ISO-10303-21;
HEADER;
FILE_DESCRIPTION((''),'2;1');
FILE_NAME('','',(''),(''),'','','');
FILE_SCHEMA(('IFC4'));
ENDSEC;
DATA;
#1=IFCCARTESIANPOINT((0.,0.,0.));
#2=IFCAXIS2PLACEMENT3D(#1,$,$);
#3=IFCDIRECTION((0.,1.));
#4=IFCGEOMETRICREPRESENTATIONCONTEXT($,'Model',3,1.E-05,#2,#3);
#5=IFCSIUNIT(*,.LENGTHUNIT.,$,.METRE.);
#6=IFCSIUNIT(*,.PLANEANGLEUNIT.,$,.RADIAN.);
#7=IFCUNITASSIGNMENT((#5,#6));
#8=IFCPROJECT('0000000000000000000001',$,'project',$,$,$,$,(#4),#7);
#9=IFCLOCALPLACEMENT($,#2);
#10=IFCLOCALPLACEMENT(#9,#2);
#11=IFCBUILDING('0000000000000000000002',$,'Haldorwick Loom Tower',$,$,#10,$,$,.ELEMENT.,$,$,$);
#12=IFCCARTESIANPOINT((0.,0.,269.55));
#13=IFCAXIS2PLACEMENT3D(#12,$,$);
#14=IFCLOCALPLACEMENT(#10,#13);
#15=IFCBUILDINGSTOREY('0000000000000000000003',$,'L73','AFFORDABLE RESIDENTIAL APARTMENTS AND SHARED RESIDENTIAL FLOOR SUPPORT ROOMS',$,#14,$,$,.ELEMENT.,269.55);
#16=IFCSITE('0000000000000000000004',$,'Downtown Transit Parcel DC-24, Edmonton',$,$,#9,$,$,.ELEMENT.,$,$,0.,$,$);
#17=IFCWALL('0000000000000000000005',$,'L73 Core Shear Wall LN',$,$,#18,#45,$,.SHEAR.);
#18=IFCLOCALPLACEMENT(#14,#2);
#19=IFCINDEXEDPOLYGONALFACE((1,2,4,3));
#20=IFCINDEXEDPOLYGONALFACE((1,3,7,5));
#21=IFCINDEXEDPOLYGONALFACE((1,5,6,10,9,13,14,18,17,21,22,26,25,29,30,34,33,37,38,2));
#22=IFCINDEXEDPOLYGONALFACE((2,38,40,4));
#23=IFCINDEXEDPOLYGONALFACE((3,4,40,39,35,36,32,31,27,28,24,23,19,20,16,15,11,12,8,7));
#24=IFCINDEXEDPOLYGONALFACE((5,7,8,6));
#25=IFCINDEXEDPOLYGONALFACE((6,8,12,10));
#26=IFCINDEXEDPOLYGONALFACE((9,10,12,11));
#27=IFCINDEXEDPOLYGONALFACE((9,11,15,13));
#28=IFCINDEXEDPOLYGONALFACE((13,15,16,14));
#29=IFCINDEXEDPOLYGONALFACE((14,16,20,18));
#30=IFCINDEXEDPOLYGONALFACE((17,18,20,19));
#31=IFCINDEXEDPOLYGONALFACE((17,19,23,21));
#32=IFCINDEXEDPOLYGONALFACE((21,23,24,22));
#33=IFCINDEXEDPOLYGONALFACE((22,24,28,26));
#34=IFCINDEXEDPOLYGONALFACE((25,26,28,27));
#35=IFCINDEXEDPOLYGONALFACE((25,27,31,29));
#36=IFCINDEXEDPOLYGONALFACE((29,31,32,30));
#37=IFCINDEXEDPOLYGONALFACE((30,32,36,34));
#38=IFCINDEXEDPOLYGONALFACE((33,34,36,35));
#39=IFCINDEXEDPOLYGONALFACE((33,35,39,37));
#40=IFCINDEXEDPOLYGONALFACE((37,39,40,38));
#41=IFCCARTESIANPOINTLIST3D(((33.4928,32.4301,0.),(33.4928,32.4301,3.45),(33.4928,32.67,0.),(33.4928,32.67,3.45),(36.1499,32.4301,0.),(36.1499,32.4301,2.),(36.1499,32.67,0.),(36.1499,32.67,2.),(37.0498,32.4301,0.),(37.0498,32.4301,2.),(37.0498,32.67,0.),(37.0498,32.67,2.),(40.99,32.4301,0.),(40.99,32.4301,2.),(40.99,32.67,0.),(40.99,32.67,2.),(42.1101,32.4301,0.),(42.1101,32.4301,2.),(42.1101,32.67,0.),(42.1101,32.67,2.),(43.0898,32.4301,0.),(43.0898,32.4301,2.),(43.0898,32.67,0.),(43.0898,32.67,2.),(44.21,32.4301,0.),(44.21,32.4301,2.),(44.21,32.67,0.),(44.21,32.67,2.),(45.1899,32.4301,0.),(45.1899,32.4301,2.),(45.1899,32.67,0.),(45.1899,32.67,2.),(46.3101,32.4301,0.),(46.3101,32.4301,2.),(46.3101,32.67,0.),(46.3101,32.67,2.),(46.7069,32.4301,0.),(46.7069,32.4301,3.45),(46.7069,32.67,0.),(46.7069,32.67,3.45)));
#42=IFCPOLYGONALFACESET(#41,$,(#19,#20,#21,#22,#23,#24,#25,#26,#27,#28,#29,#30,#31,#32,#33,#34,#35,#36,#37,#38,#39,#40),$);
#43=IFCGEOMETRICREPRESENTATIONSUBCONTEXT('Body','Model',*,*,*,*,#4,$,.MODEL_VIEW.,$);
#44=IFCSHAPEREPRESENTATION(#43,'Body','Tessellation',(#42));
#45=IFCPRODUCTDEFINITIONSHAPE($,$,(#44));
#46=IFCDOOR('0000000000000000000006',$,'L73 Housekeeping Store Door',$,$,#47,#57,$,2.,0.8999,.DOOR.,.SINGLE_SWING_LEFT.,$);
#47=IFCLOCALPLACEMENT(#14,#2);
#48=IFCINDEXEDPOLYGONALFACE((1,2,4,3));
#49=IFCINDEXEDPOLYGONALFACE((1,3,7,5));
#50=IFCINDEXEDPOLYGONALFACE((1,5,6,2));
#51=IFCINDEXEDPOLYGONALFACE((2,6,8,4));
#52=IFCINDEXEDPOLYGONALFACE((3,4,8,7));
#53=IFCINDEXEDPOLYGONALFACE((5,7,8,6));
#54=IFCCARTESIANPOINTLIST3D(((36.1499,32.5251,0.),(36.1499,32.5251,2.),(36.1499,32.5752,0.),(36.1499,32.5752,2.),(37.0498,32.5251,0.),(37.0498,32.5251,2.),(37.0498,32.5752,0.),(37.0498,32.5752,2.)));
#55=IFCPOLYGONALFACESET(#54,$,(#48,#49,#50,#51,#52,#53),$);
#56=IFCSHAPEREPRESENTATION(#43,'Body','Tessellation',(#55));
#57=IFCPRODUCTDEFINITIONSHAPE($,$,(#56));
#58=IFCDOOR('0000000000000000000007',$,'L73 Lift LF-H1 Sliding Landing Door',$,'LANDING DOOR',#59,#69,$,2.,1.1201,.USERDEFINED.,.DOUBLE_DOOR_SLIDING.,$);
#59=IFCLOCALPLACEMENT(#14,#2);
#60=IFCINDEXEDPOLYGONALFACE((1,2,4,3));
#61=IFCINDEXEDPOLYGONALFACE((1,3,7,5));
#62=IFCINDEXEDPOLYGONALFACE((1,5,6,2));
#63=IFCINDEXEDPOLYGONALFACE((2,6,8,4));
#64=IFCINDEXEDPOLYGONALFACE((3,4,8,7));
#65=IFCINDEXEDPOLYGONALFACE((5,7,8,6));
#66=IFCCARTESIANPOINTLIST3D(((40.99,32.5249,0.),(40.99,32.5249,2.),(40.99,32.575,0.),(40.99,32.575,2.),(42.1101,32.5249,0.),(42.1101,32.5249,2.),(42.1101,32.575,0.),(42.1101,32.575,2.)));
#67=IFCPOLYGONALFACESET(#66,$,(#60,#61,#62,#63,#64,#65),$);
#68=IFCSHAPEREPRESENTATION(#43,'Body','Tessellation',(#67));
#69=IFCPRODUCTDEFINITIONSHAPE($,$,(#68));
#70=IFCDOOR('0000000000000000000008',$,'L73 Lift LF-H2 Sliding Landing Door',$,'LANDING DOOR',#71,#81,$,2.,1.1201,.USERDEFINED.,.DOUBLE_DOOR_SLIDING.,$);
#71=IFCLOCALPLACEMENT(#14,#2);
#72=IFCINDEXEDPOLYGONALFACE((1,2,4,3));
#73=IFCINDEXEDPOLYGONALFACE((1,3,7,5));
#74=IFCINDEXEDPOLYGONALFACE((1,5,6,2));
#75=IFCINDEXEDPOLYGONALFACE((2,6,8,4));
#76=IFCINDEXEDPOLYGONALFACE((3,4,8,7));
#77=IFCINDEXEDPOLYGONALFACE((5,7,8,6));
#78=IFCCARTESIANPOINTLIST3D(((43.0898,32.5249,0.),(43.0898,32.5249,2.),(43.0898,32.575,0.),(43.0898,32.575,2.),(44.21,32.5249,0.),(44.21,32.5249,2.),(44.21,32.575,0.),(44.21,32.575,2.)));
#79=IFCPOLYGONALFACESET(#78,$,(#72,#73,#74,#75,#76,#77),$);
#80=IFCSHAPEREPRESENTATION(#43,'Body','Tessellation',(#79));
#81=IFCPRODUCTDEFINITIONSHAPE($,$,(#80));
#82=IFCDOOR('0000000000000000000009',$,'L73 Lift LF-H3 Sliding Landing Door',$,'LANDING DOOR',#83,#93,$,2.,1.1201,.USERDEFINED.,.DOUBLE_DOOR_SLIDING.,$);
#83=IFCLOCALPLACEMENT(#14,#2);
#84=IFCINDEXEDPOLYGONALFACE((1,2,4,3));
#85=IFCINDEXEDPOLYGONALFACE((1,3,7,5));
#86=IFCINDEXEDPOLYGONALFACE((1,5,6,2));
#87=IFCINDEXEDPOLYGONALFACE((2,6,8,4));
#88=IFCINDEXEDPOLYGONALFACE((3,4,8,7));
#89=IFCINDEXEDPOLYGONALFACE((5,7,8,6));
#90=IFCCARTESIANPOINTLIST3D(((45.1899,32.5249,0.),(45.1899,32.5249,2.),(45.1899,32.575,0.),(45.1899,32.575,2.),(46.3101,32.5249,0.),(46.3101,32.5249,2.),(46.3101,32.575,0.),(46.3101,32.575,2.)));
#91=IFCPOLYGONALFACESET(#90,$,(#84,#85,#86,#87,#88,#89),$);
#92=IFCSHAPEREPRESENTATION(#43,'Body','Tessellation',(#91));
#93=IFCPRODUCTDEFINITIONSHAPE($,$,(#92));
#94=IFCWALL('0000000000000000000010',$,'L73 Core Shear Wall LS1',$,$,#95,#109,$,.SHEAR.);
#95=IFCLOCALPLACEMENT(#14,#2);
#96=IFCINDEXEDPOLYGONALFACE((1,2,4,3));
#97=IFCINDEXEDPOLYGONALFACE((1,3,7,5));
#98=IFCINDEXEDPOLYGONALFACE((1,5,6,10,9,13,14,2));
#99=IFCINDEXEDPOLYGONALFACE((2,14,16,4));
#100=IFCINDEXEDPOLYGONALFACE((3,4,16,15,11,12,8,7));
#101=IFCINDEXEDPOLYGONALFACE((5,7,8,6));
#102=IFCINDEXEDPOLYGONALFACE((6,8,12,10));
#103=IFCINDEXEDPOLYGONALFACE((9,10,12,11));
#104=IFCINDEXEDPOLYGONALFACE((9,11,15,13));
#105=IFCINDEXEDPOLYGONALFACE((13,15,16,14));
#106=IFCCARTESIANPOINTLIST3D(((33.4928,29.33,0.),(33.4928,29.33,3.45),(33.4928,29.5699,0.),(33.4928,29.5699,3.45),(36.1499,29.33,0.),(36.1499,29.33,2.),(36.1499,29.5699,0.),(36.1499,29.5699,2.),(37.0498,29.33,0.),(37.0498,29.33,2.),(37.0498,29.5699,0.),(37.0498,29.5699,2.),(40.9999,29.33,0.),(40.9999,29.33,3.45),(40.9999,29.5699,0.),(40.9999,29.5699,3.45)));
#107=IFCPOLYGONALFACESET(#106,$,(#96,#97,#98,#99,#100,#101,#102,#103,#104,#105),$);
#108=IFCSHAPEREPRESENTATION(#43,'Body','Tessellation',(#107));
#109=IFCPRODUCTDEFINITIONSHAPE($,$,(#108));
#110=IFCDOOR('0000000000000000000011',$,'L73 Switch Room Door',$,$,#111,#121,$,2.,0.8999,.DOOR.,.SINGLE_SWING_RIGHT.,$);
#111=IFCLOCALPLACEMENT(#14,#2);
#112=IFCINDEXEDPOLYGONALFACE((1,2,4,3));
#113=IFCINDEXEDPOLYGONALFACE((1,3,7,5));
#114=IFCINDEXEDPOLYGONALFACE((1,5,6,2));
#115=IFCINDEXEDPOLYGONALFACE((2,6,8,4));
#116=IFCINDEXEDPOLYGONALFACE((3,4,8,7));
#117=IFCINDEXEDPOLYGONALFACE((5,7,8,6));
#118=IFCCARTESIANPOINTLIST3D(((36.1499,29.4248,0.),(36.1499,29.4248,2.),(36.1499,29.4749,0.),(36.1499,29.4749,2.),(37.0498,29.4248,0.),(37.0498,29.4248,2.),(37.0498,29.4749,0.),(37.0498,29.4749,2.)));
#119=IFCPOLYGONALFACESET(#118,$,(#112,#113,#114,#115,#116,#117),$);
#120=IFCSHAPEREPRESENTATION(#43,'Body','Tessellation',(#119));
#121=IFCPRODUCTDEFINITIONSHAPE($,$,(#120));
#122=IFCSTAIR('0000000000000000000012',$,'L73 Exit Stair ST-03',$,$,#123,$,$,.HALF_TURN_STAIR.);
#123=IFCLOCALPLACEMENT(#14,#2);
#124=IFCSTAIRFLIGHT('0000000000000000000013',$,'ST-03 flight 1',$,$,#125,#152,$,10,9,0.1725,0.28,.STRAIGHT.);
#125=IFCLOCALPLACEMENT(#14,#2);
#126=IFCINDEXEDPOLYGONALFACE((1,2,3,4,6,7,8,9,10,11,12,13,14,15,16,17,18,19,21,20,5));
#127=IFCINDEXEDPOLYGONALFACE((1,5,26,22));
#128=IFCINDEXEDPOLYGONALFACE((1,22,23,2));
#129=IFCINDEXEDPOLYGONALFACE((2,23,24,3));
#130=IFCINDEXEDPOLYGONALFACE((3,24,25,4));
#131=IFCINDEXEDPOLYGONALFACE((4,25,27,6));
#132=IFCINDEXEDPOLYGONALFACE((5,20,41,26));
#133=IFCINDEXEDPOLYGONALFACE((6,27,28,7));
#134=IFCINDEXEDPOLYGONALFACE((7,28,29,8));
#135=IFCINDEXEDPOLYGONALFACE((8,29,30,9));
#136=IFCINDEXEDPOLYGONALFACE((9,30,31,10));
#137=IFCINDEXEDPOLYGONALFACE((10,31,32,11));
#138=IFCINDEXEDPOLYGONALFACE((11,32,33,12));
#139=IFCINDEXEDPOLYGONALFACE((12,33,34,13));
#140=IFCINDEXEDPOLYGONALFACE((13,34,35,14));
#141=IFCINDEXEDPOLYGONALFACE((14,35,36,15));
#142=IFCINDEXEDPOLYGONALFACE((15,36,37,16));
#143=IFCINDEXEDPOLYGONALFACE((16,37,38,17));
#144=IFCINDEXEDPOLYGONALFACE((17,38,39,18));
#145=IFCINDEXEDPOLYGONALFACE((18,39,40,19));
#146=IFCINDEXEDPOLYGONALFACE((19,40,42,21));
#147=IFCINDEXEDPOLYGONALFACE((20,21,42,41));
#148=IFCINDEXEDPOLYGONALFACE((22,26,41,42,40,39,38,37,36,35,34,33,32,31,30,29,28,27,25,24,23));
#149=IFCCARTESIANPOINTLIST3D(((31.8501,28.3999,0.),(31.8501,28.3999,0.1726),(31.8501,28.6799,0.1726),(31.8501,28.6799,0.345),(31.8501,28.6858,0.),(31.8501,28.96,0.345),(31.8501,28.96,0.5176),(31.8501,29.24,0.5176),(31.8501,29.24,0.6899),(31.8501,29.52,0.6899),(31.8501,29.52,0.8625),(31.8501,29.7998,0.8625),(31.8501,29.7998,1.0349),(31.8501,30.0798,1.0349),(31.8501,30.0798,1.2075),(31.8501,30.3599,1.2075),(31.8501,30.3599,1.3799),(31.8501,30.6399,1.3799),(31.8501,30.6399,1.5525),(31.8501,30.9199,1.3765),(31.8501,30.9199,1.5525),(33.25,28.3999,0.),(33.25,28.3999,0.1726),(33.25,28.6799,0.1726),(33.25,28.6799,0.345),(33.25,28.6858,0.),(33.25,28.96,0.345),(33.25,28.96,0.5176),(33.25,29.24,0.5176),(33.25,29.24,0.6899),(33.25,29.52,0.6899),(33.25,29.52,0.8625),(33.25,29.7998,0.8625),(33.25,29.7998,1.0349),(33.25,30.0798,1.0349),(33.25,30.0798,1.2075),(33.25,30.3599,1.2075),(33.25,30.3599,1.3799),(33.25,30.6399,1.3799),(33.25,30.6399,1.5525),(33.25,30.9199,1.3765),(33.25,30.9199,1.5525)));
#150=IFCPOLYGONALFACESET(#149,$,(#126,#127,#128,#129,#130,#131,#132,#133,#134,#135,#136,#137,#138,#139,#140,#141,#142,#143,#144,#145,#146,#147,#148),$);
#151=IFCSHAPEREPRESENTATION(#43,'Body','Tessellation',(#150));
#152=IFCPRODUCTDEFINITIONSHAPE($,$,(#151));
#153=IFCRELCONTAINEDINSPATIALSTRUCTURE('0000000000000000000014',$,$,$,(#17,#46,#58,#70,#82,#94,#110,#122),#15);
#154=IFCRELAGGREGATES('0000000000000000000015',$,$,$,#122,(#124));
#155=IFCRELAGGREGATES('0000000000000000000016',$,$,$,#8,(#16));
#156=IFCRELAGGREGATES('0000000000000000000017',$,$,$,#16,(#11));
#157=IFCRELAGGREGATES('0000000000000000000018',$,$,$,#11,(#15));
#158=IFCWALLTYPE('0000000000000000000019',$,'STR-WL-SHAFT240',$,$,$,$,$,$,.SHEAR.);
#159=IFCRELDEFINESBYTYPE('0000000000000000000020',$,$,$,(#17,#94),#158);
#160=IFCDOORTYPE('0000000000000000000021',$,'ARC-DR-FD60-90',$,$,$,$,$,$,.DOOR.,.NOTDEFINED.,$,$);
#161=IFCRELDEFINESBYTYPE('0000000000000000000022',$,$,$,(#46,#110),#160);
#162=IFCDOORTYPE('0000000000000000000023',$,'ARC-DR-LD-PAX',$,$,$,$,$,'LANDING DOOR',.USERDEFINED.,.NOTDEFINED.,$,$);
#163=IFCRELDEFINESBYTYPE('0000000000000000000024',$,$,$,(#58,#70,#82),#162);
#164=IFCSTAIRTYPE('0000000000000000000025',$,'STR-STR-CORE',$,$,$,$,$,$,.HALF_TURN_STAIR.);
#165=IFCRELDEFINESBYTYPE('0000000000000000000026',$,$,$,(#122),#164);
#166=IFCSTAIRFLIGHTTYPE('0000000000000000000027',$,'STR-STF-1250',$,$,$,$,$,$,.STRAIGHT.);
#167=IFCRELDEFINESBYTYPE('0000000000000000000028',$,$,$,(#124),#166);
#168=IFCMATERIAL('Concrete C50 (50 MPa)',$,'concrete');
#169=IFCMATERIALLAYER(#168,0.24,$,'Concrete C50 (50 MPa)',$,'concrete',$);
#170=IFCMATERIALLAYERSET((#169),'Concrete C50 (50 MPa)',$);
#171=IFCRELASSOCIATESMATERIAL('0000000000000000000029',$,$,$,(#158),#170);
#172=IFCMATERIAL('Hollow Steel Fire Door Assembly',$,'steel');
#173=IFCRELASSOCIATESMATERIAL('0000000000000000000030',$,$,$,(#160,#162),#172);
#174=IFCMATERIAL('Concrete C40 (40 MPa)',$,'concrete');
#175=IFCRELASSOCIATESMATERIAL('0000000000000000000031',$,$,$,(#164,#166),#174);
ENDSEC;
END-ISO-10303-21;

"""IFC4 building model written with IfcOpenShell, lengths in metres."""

from ifc_helpers import new_model, si_unit, direction, frame, frame_2d, origin, place, context, subcontext, project, spatial, polyline, rectangle, outline, extrude, material, layer, layer_set, type_object, element, fill, aggregate, save


model = new_model("IFC4")

# Units and contexts
model_context = context("Model", 3, precision=1e-05, world=origin(), true_north=direction((0.0, 1.0)))
body_context = subcontext(model_context, "Body", "Model", "MODEL_VIEW")
ifc_project = project(units=[si_unit("LENGTHUNIT", "METRE"), si_unit("PLANEANGLEUNIT", "RADIAN")], contexts=[model_context])

# Site, building, storey
site_placement = place(None, origin())
site = spatial("IfcSite", under=ifc_project, at=site_placement, Name="Downtown Transit Parcel DC-24, Edmonton", CompositionType="ELEMENT", RefElevation=0.0)
building_placement = place(site_placement, origin())
building = spatial("IfcBuilding", under=site, at=building_placement, Name="Haldorwick Loom Tower", CompositionType="ELEMENT")
storey_placement = place(building_placement, frame((0.0, 0.0, 269.55)))
storey = spatial("IfcBuildingStorey", under=building, at=storey_placement, Name="L73", Description="AFFORDABLE RESIDENTIAL APARTMENTS AND SHARED RESIDENTIAL FLOOR SUPPORT ROOMS", CompositionType="ELEMENT", Elevation=269.55)

# Shared definitions
ifc_material_1 = material(Name="Concrete C50 (50 MPa)", Category="concrete")
ifc_layer = layer(ifc_material_1, 0.24, Name="Concrete C50 (50 MPa)", Category="concrete")
ifc_layer_set = layer_set([ifc_layer], Name="Concrete C50 (50 MPa)")
wall_type = type_object("IfcWallType", Name="STR-WL-SHAFT240", PredefinedType="SHEAR", material=ifc_layer_set)

# Shared definitions
ifc_material_2 = material(Name="Hollow Steel Fire Door Assembly", Category="steel")

# Wall, openings, doors
wall_1_placement = place(storey_placement, frame((33.4929, 32.55, 0.0), z_axis=(0.0, 0.0, 1.0), x_axis=(1.0, 0.0, 0.0)))
wall_1 = element("IfcWall", 1, at=wall_1_placement, inside=storey, type_object=wall_type, Name="L73 Core Shear Wall LN", PredefinedType="SHEAR", context=body_context, shape_type="SweptSolid", body=[
    extrude(rectangle(XDim=13.2141, YDim=0.24, at=frame_2d((6.6069, 0.0))), origin(), (0.0, 0.0, 1.0), 3.45),
])
opening_1_placement = place(wall_1_placement, frame((2.657, 0.0, 0.0)))
opening_1 = element("IfcOpeningElement", 2, at=opening_1_placement, cuts=wall_1, PredefinedType="OPENING", context=body_context, shape_type="SweptSolid", body=[
    extrude(rectangle(XDim=0.8999, YDim=2.0, at=frame_2d((0.45, 1.0))), frame((0.0, 0.1299, 0.0), z_axis=(0.0, -1.0, 0.0), x_axis=(1.0, 0.0, 0.0)), (0.0, 0.0, 1.0), 0.26),
])
opening_2_placement = place(wall_1_placement, frame((7.4971, 0.0, 0.0)))
opening_2 = element("IfcOpeningElement", 3, at=opening_2_placement, cuts=wall_1, PredefinedType="OPENING", context=body_context, shape_type="SweptSolid", body=[
    extrude(rectangle(XDim=1.1201, YDim=2.0, at=frame_2d((0.5601, 1.0))), frame((0.0, 0.1299, 0.0), z_axis=(0.0, -1.0, 0.0), x_axis=(1.0, 0.0, 0.0)), (0.0, 0.0, 1.0), 0.26),
])
opening_3_placement = place(wall_1_placement, frame((9.5969, 0.0, 0.0)))
opening_3 = element("IfcOpeningElement", 4, at=opening_3_placement, cuts=wall_1, PredefinedType="OPENING", context=body_context, shape_type="SweptSolid", body=[
    extrude(rectangle(XDim=1.1201, YDim=2.0, at=frame_2d((0.5601, 1.0))), frame((0.0, 0.1299, 0.0), z_axis=(0.0, -1.0, 0.0), x_axis=(1.0, 0.0, 0.0)), (0.0, 0.0, 1.0), 0.26),
])
opening_4_placement = place(wall_1_placement, frame((11.697, 0.0, 0.0)))
opening_4 = element("IfcOpeningElement", 5, at=opening_4_placement, cuts=wall_1, PredefinedType="OPENING", context=body_context, shape_type="SweptSolid", body=[
    extrude(rectangle(XDim=1.1201, YDim=2.0, at=frame_2d((0.5601, 1.0))), frame((0.0, 0.1299, 0.0), z_axis=(0.0, -1.0, 0.0), x_axis=(1.0, 0.0, 0.0)), (0.0, 0.0, 1.0), 0.26),
])
door_type_1 = type_object("IfcDoorType", Name="ARC-DR-FD60-90", OperationType="NOTDEFINED", PredefinedType="DOOR", material=ifc_material_2)
door_1_placement = place(opening_1_placement, frame((0.8999, 0.0, 0.0), z_axis=(0.0, 0.0, 1.0), x_axis=(-1.0, 0.0, 0.0)))
door_1 = element("IfcDoor", 6, at=door_1_placement, inside=storey, type_object=door_type_1, Name="L73 Housekeeping Store Door", OperationType="SINGLE_SWING_LEFT", OverallHeight=2.0, OverallWidth=0.8999, PredefinedType="DOOR", context=body_context, shape_type="SweptSolid", body=[
    extrude(rectangle(XDim=0.8999, YDim=2.0, at=frame_2d((0.45, 1.0))), frame((0.0, 0.0249, 0.0), z_axis=(0.0, -1.0, 0.0), x_axis=(1.0, 0.0, 0.0)), (0.0, 0.0, 1.0), 0.05),
])
fill(opening_1, door_1)
door_type_2 = type_object("IfcDoorType", Name="ARC-DR-LD-PAX", ElementType="LANDING DOOR", OperationType="NOTDEFINED", PredefinedType="USERDEFINED", material=ifc_material_2)
door_2_placement = place(opening_2_placement, origin())
door_2 = element("IfcDoor", 7, at=door_2_placement, inside=storey, type_object=door_type_2, Name="L73 Lift LF-H1 Sliding Landing Door", ObjectType="LANDING DOOR", OperationType="DOUBLE_DOOR_SLIDING", OverallHeight=2.0, OverallWidth=1.1201, PredefinedType="USERDEFINED", context=body_context, shape_type="SweptSolid", body=[
    extrude(rectangle(XDim=1.1201, YDim=2.0, at=frame_2d((0.5601, 1.0))), frame((0.0, 0.0249, 0.0), z_axis=(0.0, -1.0, 0.0), x_axis=(1.0, 0.0, 0.0)), (0.0, 0.0, 1.0), 0.05),
])
fill(opening_2, door_2)
door_3_placement = place(opening_3_placement, origin())
door_3 = element("IfcDoor", 8, at=door_3_placement, inside=storey, type_object=door_type_2, Name="L73 Lift LF-H2 Sliding Landing Door", ObjectType="LANDING DOOR", OperationType="DOUBLE_DOOR_SLIDING", OverallHeight=2.0, OverallWidth=1.1201, PredefinedType="USERDEFINED", context=body_context, shape_type="SweptSolid", body=[
    extrude(rectangle(XDim=1.1201, YDim=2.0, at=frame_2d((0.5601, 1.0))), frame((0.0, 0.0249, 0.0), z_axis=(0.0, -1.0, 0.0), x_axis=(1.0, 0.0, 0.0)), (0.0, 0.0, 1.0), 0.05),
])
fill(opening_3, door_3)
door_4_placement = place(opening_4_placement, origin())
door_4 = element("IfcDoor", 9, at=door_4_placement, inside=storey, type_object=door_type_2, Name="L73 Lift LF-H3 Sliding Landing Door", ObjectType="LANDING DOOR", OperationType="DOUBLE_DOOR_SLIDING", OverallHeight=2.0, OverallWidth=1.1201, PredefinedType="USERDEFINED", context=body_context, shape_type="SweptSolid", body=[
    extrude(rectangle(XDim=1.1201, YDim=2.0, at=frame_2d((0.5601, 1.0))), frame((0.0, 0.0249, 0.0), z_axis=(0.0, -1.0, 0.0), x_axis=(1.0, 0.0, 0.0)), (0.0, 0.0, 1.0), 0.05),
])
fill(opening_4, door_4)

# Wall, opening, door
wall_2_placement = place(storey_placement, frame((33.4929, 29.45, 0.0), z_axis=(0.0, 0.0, 1.0), x_axis=(1.0, 0.0, 0.0)))
wall_2 = element("IfcWall", 10, at=wall_2_placement, inside=storey, type_object=wall_type, Name="L73 Core Shear Wall LS1", PredefinedType="SHEAR", context=body_context, shape_type="SweptSolid", body=[
    extrude(rectangle(XDim=7.5071, YDim=0.24, at=frame_2d((3.7534, 0.0))), origin(), (0.0, 0.0, 1.0), 3.45),
])
opening_5_placement = place(wall_2_placement, frame((2.657, 0.0, 0.0)))
opening_5 = element("IfcOpeningElement", 11, at=opening_5_placement, cuts=wall_2, PredefinedType="OPENING", context=body_context, shape_type="SweptSolid", body=[
    extrude(rectangle(XDim=0.8999, YDim=2.0, at=frame_2d((0.45, 1.0))), frame((0.0, 0.1299, 0.0), z_axis=(0.0, -1.0, 0.0), x_axis=(1.0, 0.0, 0.0)), (0.0, 0.0, 1.0), 0.26),
])
door_5_placement = place(opening_5_placement, origin())
door_5 = element("IfcDoor", 12, at=door_5_placement, inside=storey, type_object=door_type_1, Name="L73 Switch Room Door", OperationType="SINGLE_SWING_RIGHT", OverallHeight=2.0, OverallWidth=0.8999, PredefinedType="DOOR", context=body_context, shape_type="SweptSolid", body=[
    extrude(rectangle(XDim=0.8999, YDim=2.0, at=frame_2d((0.45, 1.0))), frame((0.0, 0.0249, 0.0), z_axis=(0.0, -1.0, 0.0), x_axis=(1.0, 0.0, 0.0)), (0.0, 0.0, 1.0), 0.05),
])
fill(opening_5, door_5)

# Stair, stair flight
ifc_material_3 = material(Name="Concrete C40 (40 MPa)", Category="concrete")
stair_type = type_object("IfcStairType", Name="STR-STR-CORE", PredefinedType="HALF_TURN_STAIR", material=ifc_material_3)
stair_placement = place(storey_placement, origin())
stair = element("IfcStair", 13, at=stair_placement, inside=storey, type_object=stair_type, Name="L73 Exit Stair ST-03", PredefinedType="HALF_TURN_STAIR")
stair_flight_type = type_object("IfcStairFlightType", Name="STR-STF-1250", PredefinedType="STRAIGHT", material=ifc_material_3)
stair_flight_1_placement = place(storey_placement, frame((32.55, 28.3999, 0.0), z_axis=(0.0, 0.0, 1.0), x_axis=(0.0, 1.0, 0.0)))
stair_flight_1 = element("IfcStairFlight", 14, at=stair_flight_1_placement, type_object=stair_flight_type, Name="ST-03 flight 1", NumberOfRisers=10, NumberOfTreads=9, PredefinedType="STRAIGHT", RiserHeight=0.1725, TreadLength=0.28, context=body_context, shape_type="SweptSolid", body=[
    extrude(outline(polyline([(0.0, 0.0), (0.0, 0.1726), (0.28, 0.1726), (0.28, 0.345), (0.5601, 0.345), (0.5601, 0.5176), (0.8401, 0.5176), (0.8401, 0.6899), (1.1201, 0.6899), (1.1201, 0.8625), (1.3999, 0.8625), (1.3999, 1.0349), (1.6799, 1.0349), (1.6799, 1.2075), (1.96, 1.2075), (1.96, 1.3799), (2.24, 1.3799), (2.24, 1.5525), (2.52, 1.5525), (2.52, 1.7251), (2.52, 1.3765), (0.2859, 0.0), (0.0, 0.0)])), frame((0.0, 0.7, 0.0), z_axis=(0.0, -1.0, 0.0), x_axis=(1.0, 0.0, 0.0)), (0.0, 0.0, 1.0), 1.3999),
])
aggregate(stair, [stair_flight_1])

save(model, "model.ifc")
